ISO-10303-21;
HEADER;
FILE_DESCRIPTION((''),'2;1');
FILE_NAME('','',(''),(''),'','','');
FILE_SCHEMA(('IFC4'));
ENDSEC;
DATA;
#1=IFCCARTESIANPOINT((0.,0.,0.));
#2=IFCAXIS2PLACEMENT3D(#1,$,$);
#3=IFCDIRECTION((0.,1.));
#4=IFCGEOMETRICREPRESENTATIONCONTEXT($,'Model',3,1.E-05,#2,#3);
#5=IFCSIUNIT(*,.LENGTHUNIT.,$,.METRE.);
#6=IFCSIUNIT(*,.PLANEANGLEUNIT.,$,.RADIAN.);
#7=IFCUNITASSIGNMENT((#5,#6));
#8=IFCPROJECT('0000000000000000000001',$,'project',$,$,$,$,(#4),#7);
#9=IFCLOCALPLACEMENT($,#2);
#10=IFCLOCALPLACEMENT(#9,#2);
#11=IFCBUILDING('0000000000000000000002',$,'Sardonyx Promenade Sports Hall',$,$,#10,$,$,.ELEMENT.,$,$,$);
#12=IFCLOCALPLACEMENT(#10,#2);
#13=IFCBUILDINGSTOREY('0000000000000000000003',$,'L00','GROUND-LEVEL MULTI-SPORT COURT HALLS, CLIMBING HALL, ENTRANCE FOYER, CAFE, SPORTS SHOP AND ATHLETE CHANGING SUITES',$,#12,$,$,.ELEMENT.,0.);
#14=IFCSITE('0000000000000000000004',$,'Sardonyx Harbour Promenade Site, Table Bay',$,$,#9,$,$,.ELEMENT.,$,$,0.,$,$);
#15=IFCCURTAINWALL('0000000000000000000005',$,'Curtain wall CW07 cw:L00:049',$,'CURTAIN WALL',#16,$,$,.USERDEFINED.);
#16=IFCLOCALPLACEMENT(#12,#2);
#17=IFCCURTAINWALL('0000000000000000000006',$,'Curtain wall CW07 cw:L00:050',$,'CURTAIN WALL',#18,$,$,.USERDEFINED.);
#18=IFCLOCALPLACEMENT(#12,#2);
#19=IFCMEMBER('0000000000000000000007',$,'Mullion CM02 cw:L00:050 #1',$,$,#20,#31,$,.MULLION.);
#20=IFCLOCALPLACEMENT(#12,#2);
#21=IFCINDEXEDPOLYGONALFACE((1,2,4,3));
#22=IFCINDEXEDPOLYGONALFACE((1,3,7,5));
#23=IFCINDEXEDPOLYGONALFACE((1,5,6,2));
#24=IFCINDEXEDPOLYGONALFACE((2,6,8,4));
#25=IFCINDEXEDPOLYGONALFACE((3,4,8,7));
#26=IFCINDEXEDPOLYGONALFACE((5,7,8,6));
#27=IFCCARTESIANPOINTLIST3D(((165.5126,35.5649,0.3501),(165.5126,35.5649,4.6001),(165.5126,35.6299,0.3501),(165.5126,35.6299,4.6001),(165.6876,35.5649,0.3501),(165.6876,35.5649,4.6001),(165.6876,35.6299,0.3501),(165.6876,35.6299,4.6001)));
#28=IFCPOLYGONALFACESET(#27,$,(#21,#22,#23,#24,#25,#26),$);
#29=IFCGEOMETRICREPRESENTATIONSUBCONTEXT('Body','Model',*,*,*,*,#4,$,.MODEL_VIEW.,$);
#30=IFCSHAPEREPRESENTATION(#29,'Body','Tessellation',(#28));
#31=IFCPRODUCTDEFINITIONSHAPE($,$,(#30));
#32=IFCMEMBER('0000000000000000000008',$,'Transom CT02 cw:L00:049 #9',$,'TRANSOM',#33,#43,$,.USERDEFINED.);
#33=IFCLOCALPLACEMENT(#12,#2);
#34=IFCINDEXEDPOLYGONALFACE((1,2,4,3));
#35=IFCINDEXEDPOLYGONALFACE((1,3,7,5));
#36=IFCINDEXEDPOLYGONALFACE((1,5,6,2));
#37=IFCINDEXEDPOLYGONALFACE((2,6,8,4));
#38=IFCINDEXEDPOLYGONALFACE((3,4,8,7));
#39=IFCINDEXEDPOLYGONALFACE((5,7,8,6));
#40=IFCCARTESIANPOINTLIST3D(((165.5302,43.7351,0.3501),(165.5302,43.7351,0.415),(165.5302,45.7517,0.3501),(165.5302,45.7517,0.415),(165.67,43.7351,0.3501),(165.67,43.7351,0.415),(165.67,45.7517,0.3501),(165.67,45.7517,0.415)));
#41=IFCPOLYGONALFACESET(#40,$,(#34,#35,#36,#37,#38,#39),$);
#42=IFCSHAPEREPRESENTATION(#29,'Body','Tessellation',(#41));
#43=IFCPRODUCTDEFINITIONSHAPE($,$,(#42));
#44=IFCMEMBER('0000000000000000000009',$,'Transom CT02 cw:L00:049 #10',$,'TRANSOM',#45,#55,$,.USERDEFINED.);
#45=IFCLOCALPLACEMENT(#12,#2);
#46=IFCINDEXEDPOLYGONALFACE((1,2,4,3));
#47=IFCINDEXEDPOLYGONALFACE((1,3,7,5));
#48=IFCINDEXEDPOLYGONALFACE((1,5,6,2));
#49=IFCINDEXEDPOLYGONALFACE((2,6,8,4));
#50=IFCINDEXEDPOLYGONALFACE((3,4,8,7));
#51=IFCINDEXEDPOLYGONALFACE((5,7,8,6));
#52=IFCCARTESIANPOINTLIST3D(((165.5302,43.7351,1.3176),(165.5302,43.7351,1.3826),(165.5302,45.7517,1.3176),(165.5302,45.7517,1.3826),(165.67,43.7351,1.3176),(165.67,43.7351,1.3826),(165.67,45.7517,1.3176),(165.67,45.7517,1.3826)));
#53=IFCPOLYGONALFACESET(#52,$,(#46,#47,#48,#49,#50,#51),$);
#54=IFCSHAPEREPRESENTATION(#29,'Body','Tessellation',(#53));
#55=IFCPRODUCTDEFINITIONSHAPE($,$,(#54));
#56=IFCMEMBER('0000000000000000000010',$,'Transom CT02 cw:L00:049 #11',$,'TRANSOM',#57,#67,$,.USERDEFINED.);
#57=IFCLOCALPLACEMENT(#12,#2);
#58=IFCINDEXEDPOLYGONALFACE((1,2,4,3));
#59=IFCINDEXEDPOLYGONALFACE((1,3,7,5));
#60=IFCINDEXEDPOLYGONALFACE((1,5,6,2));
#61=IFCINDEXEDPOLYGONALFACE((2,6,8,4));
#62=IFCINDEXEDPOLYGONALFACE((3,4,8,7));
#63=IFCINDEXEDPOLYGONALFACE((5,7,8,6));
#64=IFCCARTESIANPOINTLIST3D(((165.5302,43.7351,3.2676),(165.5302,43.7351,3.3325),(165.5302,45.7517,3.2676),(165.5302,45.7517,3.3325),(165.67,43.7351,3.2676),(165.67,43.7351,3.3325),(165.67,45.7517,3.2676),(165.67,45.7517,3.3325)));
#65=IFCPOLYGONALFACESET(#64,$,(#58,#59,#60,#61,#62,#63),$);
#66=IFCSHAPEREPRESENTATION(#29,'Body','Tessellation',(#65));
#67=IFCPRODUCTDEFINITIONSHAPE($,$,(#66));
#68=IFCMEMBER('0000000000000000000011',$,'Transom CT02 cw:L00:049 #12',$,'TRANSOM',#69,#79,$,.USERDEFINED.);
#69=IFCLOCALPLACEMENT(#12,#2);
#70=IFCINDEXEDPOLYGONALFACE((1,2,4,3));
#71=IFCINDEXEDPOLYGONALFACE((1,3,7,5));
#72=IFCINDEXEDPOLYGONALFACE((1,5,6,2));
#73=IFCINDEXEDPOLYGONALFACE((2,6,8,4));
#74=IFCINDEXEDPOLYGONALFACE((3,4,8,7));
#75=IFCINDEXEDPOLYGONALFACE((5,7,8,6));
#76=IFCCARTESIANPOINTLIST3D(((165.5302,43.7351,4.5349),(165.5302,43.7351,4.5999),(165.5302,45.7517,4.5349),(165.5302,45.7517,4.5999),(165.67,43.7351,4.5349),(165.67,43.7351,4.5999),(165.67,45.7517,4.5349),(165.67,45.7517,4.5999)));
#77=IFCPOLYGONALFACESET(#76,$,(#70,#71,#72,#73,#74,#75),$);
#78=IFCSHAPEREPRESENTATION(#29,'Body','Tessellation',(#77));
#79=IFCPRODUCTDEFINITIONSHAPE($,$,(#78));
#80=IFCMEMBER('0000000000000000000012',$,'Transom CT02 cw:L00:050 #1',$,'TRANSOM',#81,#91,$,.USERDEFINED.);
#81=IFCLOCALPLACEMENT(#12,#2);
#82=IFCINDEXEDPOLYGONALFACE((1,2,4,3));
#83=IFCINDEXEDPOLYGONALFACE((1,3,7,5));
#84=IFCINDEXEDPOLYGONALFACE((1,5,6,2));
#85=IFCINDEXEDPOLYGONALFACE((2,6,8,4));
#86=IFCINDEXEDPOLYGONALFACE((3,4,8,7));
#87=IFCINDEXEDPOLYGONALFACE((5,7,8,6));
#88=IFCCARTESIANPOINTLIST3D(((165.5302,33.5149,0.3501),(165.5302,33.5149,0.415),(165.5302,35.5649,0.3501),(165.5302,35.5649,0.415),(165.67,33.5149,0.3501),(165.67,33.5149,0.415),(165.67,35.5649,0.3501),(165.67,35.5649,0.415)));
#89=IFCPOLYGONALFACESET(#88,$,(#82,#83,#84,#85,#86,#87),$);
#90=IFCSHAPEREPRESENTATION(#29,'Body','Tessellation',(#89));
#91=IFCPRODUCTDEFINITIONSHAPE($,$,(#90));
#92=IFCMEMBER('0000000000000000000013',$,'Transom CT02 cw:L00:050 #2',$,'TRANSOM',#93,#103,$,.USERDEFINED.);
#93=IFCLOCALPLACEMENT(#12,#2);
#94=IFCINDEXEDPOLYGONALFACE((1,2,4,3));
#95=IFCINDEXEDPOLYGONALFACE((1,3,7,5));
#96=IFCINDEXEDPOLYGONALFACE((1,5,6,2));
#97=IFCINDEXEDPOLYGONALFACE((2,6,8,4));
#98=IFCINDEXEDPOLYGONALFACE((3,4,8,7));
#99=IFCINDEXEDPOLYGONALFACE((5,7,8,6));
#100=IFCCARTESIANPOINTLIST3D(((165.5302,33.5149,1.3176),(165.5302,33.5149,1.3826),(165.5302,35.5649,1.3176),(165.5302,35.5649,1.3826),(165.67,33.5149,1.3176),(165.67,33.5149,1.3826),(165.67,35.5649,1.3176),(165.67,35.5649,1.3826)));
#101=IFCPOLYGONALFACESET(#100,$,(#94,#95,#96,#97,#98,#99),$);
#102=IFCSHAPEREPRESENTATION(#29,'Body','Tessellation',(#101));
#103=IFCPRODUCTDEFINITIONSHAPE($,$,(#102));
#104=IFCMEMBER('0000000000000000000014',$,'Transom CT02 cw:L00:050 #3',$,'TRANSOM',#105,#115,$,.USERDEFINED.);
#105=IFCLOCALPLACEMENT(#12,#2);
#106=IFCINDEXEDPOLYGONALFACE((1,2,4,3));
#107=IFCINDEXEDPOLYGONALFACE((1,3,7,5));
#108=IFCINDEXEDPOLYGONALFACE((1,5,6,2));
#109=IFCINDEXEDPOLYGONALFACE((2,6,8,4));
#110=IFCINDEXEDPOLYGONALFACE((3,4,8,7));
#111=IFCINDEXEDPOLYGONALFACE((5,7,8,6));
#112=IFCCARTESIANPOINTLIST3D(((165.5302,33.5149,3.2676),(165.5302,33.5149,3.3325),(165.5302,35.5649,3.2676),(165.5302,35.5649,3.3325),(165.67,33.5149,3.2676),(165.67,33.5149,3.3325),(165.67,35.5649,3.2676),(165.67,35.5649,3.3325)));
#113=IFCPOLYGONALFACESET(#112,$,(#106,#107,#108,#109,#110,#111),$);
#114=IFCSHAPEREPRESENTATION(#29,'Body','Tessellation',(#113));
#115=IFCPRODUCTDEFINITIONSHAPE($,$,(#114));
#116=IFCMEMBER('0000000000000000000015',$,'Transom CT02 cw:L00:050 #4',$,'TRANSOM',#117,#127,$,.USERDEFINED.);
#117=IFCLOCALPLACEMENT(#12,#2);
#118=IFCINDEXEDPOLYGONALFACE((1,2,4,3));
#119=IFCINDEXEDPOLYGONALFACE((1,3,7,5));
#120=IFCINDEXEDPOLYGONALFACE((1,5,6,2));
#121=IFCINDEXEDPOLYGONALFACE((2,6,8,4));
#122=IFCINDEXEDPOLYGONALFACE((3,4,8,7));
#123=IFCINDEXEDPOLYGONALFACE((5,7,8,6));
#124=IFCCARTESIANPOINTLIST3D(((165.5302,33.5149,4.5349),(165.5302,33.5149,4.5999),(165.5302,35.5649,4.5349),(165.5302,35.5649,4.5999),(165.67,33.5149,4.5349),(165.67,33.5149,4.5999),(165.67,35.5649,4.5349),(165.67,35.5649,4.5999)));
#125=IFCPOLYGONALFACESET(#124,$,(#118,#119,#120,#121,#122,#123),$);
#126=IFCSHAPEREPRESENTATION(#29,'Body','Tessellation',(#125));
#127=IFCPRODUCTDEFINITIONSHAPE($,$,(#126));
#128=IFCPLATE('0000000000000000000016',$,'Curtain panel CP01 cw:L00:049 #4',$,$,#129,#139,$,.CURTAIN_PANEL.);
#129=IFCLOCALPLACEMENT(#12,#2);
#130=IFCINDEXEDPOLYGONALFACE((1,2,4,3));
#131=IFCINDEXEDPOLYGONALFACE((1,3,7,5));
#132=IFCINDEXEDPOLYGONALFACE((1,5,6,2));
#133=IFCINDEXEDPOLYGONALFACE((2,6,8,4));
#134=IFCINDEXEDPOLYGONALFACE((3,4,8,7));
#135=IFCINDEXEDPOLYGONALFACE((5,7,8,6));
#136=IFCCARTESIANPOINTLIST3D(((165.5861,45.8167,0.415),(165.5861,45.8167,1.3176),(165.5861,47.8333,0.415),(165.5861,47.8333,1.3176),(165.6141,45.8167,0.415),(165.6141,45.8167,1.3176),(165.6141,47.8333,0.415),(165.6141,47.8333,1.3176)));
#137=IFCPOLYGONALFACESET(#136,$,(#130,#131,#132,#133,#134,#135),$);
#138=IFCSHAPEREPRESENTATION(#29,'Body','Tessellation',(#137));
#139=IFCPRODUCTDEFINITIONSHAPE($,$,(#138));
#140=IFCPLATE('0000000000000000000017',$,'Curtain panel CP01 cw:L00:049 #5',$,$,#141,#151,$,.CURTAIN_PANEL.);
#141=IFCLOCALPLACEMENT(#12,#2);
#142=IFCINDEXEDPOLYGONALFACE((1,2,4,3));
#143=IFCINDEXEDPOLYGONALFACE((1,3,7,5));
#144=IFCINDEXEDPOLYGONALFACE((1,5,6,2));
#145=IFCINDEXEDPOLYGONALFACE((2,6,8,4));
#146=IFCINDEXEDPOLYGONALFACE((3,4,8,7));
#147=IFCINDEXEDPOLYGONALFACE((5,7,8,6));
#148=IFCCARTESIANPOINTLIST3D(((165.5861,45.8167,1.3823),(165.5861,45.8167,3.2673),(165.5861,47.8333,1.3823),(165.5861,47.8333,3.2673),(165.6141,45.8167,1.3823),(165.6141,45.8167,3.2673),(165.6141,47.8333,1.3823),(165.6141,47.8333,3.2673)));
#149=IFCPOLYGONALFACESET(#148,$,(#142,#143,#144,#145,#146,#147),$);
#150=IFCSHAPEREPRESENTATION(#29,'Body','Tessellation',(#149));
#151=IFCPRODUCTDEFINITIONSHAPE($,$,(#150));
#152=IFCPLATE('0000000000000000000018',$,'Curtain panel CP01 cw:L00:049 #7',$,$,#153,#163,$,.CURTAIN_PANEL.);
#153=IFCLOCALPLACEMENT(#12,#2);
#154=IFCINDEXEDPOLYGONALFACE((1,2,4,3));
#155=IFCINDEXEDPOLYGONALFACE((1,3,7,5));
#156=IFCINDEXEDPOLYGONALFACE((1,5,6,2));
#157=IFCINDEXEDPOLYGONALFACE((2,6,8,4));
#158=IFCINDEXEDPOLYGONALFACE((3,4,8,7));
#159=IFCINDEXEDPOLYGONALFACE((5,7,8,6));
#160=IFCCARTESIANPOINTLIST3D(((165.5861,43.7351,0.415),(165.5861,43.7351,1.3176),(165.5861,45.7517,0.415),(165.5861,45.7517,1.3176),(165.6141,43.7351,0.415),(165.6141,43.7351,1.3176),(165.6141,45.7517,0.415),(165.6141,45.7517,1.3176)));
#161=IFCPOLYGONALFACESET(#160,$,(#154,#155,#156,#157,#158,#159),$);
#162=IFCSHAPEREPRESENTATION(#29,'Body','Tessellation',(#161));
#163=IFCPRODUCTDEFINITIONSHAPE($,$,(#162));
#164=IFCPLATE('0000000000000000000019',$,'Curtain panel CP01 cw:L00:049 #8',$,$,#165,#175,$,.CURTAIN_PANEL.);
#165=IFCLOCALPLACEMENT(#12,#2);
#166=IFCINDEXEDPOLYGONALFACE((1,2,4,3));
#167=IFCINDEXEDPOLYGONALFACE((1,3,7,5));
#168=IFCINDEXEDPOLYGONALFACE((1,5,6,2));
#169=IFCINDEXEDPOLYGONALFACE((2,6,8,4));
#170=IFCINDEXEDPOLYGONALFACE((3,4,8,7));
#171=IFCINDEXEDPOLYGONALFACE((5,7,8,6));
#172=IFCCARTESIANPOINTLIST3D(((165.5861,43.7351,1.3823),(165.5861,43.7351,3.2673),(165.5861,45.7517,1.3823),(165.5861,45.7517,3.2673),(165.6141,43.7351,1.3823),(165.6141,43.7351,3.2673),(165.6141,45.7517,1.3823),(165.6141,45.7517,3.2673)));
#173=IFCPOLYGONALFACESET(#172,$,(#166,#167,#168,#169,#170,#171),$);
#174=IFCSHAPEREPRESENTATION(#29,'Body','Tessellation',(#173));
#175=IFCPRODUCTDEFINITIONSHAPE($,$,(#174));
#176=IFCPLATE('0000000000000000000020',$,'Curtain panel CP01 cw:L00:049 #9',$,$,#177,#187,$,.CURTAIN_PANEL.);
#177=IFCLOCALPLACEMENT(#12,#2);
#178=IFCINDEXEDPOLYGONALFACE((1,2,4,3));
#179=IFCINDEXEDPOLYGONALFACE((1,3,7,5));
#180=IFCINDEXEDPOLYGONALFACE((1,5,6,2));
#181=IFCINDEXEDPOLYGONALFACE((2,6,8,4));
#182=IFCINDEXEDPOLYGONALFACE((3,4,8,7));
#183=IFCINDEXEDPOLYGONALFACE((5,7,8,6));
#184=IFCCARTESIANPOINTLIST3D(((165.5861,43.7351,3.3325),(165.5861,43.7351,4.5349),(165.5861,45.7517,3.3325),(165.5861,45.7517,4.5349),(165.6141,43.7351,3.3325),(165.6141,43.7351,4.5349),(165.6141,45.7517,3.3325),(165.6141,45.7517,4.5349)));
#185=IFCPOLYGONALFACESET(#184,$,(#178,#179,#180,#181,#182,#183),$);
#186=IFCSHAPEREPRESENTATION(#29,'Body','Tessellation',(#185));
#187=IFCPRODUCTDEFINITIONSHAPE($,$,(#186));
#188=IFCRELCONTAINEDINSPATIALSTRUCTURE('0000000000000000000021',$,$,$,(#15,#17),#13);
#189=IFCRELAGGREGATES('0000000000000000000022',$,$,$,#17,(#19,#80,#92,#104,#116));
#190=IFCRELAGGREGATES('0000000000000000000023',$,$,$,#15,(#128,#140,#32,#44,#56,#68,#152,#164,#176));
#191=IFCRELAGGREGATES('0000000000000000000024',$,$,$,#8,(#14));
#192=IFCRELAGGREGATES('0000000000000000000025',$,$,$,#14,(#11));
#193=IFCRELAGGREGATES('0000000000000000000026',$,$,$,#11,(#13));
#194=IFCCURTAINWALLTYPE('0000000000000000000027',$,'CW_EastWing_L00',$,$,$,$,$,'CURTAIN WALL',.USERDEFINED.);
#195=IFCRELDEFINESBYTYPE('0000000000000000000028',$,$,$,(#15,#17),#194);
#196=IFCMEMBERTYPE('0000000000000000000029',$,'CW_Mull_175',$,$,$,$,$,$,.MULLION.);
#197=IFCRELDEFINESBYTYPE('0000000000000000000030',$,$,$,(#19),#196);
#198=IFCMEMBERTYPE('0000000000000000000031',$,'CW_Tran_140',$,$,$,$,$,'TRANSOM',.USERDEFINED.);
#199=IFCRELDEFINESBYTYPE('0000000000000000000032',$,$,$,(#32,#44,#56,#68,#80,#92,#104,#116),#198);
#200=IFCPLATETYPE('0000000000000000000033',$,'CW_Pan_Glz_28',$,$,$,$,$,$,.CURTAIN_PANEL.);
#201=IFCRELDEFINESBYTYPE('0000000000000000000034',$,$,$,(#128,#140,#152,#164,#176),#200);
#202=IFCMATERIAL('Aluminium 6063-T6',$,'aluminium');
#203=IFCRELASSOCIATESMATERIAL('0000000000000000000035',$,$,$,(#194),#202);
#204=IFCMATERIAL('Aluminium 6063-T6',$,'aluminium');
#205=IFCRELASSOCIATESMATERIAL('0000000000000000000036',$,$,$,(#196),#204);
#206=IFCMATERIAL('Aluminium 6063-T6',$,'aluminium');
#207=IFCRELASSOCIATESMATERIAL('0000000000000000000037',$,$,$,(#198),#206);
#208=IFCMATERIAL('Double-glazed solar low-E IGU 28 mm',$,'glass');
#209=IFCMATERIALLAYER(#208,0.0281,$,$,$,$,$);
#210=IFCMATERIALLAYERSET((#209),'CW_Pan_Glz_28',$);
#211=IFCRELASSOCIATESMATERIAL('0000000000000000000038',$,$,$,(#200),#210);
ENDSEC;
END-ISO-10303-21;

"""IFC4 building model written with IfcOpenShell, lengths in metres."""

from ifc_helpers import new_model, si_unit, direction, frame, origin, origin_2d, place, context, subcontext, project, spatial, rectangle, extrude, material, layer, layer_set, material_profile, profile_set, type_object, element, aggregate, save


model = new_model("IFC4")

# Units and contexts
model_context = context("Model", 3, precision=1e-05, world=origin(), true_north=direction((0.0, 1.0)))
body_context = subcontext(model_context, "Body", "Model", "MODEL_VIEW")
ifc_project = project(units=[si_unit("LENGTHUNIT", "METRE"), si_unit("PLANEANGLEUNIT", "RADIAN")], contexts=[model_context])

# Site, building, storey
site_placement = place(None, origin())
site = spatial("IfcSite", under=ifc_project, at=site_placement, Name="Sardonyx Harbour Promenade Site, Table Bay", CompositionType="ELEMENT", RefElevation=0.0)
building_placement = place(site_placement, origin())
building = spatial("IfcBuilding", under=site, at=building_placement, Name="Sardonyx Promenade Sports Hall", CompositionType="ELEMENT")
storey_placement = place(building_placement, origin())
storey = spatial("IfcBuildingStorey", under=building, at=storey_placement, Name="L00", Description="GROUND-LEVEL MULTI-SPORT COURT HALLS, CLIMBING HALL, ENTRANCE FOYER, CAFE, SPORTS SHOP AND ATHLETE CHANGING SUITES", CompositionType="ELEMENT", Elevation=0.0)

# Curtain wall
ifc_material_1 = material(Name="Aluminium 6063-T6", Category="aluminium")
curtain_wall_type = type_object("IfcCurtainWallType", Name="CW_EastWing_L00", ElementType="CURTAIN WALL", PredefinedType="USERDEFINED", material=ifc_material_1)
curtain_wall_1_placement = place(storey_placement, origin())
curtain_wall_1 = element("IfcCurtainWall", 1, at=curtain_wall_1_placement, inside=storey, type_object=curtain_wall_type, Name="Curtain wall CW07 cw:L00:049", ObjectType="CURTAIN WALL", PredefinedType="USERDEFINED")
ifc_material_2 = material(Name="Aluminium 6063-T6", Category="aluminium")
ifc_material_profile_1 = material_profile(ifc_material_2, rectangle(XDim=0.0649, YDim=0.175, at=origin_2d()))
ifc_profile_set_1 = profile_set([ifc_material_profile_1], Name="Aluminium 6063-T6")
member_type_1 = type_object("IfcMemberType", Name="CW_Mull_175", PredefinedType="MULLION", material=ifc_profile_set_1)

# Curtain wall, member
curtain_wall_2_placement = place(storey_placement, origin())
curtain_wall_2 = element("IfcCurtainWall", 2, at=curtain_wall_2_placement, inside=storey, type_object=curtain_wall_type, Name="Curtain wall CW07 cw:L00:050", ObjectType="CURTAIN WALL", PredefinedType="USERDEFINED")
member_1_placement = place(storey_placement, frame((165.6001, 35.5974, 0.3501), z_axis=(0.0, 0.0, 1.0), x_axis=(0.0, -1.0, 0.0)))
member_1 = element("IfcMember", 3, at=member_1_placement, type_object=member_type_1, Name="Mullion CM02 cw:L00:050 #1", PredefinedType="MULLION", context=body_context, shape_type="SweptSolid", body=[
    extrude(rectangle(XDim=0.0649, YDim=0.175, at=origin_2d()), origin(), (0.0, 0.0, 1.0), 4.25),
])

# Members
ifc_material_3 = material(Name="Aluminium 6063-T6", Category="aluminium")
ifc_material_profile_2 = material_profile(ifc_material_3, rectangle(XDim=0.0649, YDim=0.1399, at=origin_2d()))
ifc_profile_set_2 = profile_set([ifc_material_profile_2], Name="Aluminium 6063-T6")
member_type_2 = type_object("IfcMemberType", Name="CW_Tran_140", ElementType="TRANSOM", PredefinedType="USERDEFINED", material=ifc_profile_set_2)
member_2_placement = place(storey_placement, frame((165.6001, 45.7517, 0.3826), z_axis=(0.0, -1.0, 0.0), x_axis=(0.0, 0.0, 1.0)))
member_2 = element("IfcMember", 4, at=member_2_placement, type_object=member_type_2, Name="Transom CT02 cw:L00:049 #9", ObjectType="TRANSOM", PredefinedType="USERDEFINED", context=body_context, shape_type="SweptSolid", body=[
    extrude(rectangle(XDim=0.0649, YDim=0.1399, at=origin_2d()), origin(), (0.0, 0.0, 1.0), 2.0166),
])
member_3_placement = place(storey_placement, frame((165.6001, 45.7517, 1.3501), z_axis=(0.0, -1.0, 0.0), x_axis=(0.0, 0.0, 1.0)))
member_3 = element("IfcMember", 5, at=member_3_placement, type_object=member_type_2, Name="Transom CT02 cw:L00:049 #10", ObjectType="TRANSOM", PredefinedType="USERDEFINED", context=body_context, shape_type="SweptSolid", body=[
    extrude(rectangle(XDim=0.0649, YDim=0.1399, at=origin_2d()), origin(), (0.0, 0.0, 1.0), 2.0166),
])
member_4_placement = place(storey_placement, frame((165.6001, 45.7517, 3.3), z_axis=(0.0, -1.0, 0.0), x_axis=(0.0, 0.0, 1.0)))
member_4 = element("IfcMember", 6, at=member_4_placement, type_object=member_type_2, Name="Transom CT02 cw:L00:049 #11", ObjectType="TRANSOM", PredefinedType="USERDEFINED", context=body_context, shape_type="SweptSolid", body=[
    extrude(rectangle(XDim=0.0649, YDim=0.1399, at=origin_2d()), origin(), (0.0, 0.0, 1.0), 2.0166),
])
member_5_placement = place(storey_placement, frame((165.6001, 45.7517, 4.5674), z_axis=(0.0, -1.0, 0.0), x_axis=(0.0, 0.0, 1.0)))
member_5 = element("IfcMember", 7, at=member_5_placement, type_object=member_type_2, Name="Transom CT02 cw:L00:049 #12", ObjectType="TRANSOM", PredefinedType="USERDEFINED", context=body_context, shape_type="SweptSolid", body=[
    extrude(rectangle(XDim=0.0649, YDim=0.1399, at=origin_2d()), origin(), (0.0, 0.0, 1.0), 2.0166),
])
member_6_placement = place(storey_placement, frame((165.6001, 35.5649, 0.3826), z_axis=(0.0, -1.0, 0.0), x_axis=(0.0, 0.0, 1.0)))
member_6 = element("IfcMember", 8, at=member_6_placement, type_object=member_type_2, Name="Transom CT02 cw:L00:050 #1", ObjectType="TRANSOM", PredefinedType="USERDEFINED", context=body_context, shape_type="SweptSolid", body=[
    extrude(rectangle(XDim=0.0649, YDim=0.1399, at=origin_2d()), origin(), (0.0, 0.0, 1.0), 2.05),
])
member_7_placement = place(storey_placement, frame((165.6001, 35.5649, 1.3501), z_axis=(0.0, -1.0, 0.0), x_axis=(0.0, 0.0, 1.0)))
member_7 = element("IfcMember", 9, at=member_7_placement, type_object=member_type_2, Name="Transom CT02 cw:L00:050 #2", ObjectType="TRANSOM", PredefinedType="USERDEFINED", context=body_context, shape_type="SweptSolid", body=[
    extrude(rectangle(XDim=0.0649, YDim=0.1399, at=origin_2d()), origin(), (0.0, 0.0, 1.0), 2.05),
])
member_8_placement = place(storey_placement, frame((165.6001, 35.5649, 3.3), z_axis=(0.0, -1.0, 0.0), x_axis=(0.0, 0.0, 1.0)))
member_8 = element("IfcMember", 10, at=member_8_placement, type_object=member_type_2, Name="Transom CT02 cw:L00:050 #3", ObjectType="TRANSOM", PredefinedType="USERDEFINED", context=body_context, shape_type="SweptSolid", body=[
    extrude(rectangle(XDim=0.0649, YDim=0.1399, at=origin_2d()), origin(), (0.0, 0.0, 1.0), 2.05),
])
member_9_placement = place(storey_placement, frame((165.6001, 35.5649, 4.5674), z_axis=(0.0, -1.0, 0.0), x_axis=(0.0, 0.0, 1.0)))
member_9 = element("IfcMember", 11, at=member_9_placement, type_object=member_type_2, Name="Transom CT02 cw:L00:050 #4", ObjectType="TRANSOM", PredefinedType="USERDEFINED", context=body_context, shape_type="SweptSolid", body=[
    extrude(rectangle(XDim=0.0649, YDim=0.1399, at=origin_2d()), origin(), (0.0, 0.0, 1.0), 2.05),
])
aggregate(curtain_wall_2, [member_1, member_6, member_7, member_8, member_9])

# Plates
ifc_material_4 = material(Name="Double-glazed solar low-E IGU 28 mm", Category="glass")
ifc_layer_1 = layer(ifc_material_4, 0.0281)
ifc_layer_set_1 = layer_set([ifc_layer_1], Name="CW_Pan_Glz_28")
plate_type = type_object("IfcPlateType", Name="CW_Pan_Glz_28", PredefinedType="CURTAIN_PANEL", material=ifc_layer_set_1)
plate_1_placement = place(storey_placement, frame((165.6001, 46.825, 0.415), z_axis=(0.0, 0.0, 1.0), x_axis=(0.0, -1.0, 0.0)))
plate_1 = element("IfcPlate", 12, at=plate_1_placement, type_object=plate_type, Name="Curtain panel CP01 cw:L00:049 #4", PredefinedType="CURTAIN_PANEL", context=body_context, shape_type="SweptSolid", body=[
    extrude(rectangle(XDim=2.0166, YDim=0.0281, at=origin_2d()), origin(), (0.0, 0.0, 1.0), 0.9026),
])
plate_2_placement = place(storey_placement, frame((165.6001, 46.825, 1.3823), z_axis=(0.0, 0.0, 1.0), x_axis=(0.0, -1.0, 0.0)))
plate_2 = element("IfcPlate", 13, at=plate_2_placement, type_object=plate_type, Name="Curtain panel CP01 cw:L00:049 #5", PredefinedType="CURTAIN_PANEL", context=body_context, shape_type="SweptSolid", body=[
    extrude(rectangle(XDim=2.0166, YDim=0.0281, at=origin_2d()), origin(), (0.0, 0.0, 1.0), 1.885),
])
plate_3_placement = place(storey_placement, frame((165.6001, 44.7434, 0.415), z_axis=(0.0, 0.0, 1.0), x_axis=(0.0, -1.0, 0.0)))
plate_3 = element("IfcPlate", 14, at=plate_3_placement, type_object=plate_type, Name="Curtain panel CP01 cw:L00:049 #7", PredefinedType="CURTAIN_PANEL", context=body_context, shape_type="SweptSolid", body=[
    extrude(rectangle(XDim=2.0166, YDim=0.0281, at=origin_2d()), origin(), (0.0, 0.0, 1.0), 0.9026),
])
plate_4_placement = place(storey_placement, frame((165.6001, 44.7434, 1.3823), z_axis=(0.0, 0.0, 1.0), x_axis=(0.0, -1.0, 0.0)))
plate_4 = element("IfcPlate", 15, at=plate_4_placement, type_object=plate_type, Name="Curtain panel CP01 cw:L00:049 #8", PredefinedType="CURTAIN_PANEL", context=body_context, shape_type="SweptSolid", body=[
    extrude(rectangle(XDim=2.0166, YDim=0.0281, at=origin_2d()), origin(), (0.0, 0.0, 1.0), 1.885),
])
plate_5_placement = place(storey_placement, frame((165.6001, 44.7434, 3.3325), z_axis=(0.0, 0.0, 1.0), x_axis=(0.0, -1.0, 0.0)))
plate_5 = element("IfcPlate", 16, at=plate_5_placement, type_object=plate_type, Name="Curtain panel CP01 cw:L00:049 #9", PredefinedType="CURTAIN_PANEL", context=body_context, shape_type="SweptSolid", body=[
    extrude(rectangle(XDim=2.0166, YDim=0.0281, at=origin_2d()), origin(), (0.0, 0.0, 1.0), 1.2024),
])
aggregate(curtain_wall_1, [plate_1, plate_2, member_2, member_3, member_4, member_5, plate_3, plate_4, plate_5])

save(model, "model.ifc")
